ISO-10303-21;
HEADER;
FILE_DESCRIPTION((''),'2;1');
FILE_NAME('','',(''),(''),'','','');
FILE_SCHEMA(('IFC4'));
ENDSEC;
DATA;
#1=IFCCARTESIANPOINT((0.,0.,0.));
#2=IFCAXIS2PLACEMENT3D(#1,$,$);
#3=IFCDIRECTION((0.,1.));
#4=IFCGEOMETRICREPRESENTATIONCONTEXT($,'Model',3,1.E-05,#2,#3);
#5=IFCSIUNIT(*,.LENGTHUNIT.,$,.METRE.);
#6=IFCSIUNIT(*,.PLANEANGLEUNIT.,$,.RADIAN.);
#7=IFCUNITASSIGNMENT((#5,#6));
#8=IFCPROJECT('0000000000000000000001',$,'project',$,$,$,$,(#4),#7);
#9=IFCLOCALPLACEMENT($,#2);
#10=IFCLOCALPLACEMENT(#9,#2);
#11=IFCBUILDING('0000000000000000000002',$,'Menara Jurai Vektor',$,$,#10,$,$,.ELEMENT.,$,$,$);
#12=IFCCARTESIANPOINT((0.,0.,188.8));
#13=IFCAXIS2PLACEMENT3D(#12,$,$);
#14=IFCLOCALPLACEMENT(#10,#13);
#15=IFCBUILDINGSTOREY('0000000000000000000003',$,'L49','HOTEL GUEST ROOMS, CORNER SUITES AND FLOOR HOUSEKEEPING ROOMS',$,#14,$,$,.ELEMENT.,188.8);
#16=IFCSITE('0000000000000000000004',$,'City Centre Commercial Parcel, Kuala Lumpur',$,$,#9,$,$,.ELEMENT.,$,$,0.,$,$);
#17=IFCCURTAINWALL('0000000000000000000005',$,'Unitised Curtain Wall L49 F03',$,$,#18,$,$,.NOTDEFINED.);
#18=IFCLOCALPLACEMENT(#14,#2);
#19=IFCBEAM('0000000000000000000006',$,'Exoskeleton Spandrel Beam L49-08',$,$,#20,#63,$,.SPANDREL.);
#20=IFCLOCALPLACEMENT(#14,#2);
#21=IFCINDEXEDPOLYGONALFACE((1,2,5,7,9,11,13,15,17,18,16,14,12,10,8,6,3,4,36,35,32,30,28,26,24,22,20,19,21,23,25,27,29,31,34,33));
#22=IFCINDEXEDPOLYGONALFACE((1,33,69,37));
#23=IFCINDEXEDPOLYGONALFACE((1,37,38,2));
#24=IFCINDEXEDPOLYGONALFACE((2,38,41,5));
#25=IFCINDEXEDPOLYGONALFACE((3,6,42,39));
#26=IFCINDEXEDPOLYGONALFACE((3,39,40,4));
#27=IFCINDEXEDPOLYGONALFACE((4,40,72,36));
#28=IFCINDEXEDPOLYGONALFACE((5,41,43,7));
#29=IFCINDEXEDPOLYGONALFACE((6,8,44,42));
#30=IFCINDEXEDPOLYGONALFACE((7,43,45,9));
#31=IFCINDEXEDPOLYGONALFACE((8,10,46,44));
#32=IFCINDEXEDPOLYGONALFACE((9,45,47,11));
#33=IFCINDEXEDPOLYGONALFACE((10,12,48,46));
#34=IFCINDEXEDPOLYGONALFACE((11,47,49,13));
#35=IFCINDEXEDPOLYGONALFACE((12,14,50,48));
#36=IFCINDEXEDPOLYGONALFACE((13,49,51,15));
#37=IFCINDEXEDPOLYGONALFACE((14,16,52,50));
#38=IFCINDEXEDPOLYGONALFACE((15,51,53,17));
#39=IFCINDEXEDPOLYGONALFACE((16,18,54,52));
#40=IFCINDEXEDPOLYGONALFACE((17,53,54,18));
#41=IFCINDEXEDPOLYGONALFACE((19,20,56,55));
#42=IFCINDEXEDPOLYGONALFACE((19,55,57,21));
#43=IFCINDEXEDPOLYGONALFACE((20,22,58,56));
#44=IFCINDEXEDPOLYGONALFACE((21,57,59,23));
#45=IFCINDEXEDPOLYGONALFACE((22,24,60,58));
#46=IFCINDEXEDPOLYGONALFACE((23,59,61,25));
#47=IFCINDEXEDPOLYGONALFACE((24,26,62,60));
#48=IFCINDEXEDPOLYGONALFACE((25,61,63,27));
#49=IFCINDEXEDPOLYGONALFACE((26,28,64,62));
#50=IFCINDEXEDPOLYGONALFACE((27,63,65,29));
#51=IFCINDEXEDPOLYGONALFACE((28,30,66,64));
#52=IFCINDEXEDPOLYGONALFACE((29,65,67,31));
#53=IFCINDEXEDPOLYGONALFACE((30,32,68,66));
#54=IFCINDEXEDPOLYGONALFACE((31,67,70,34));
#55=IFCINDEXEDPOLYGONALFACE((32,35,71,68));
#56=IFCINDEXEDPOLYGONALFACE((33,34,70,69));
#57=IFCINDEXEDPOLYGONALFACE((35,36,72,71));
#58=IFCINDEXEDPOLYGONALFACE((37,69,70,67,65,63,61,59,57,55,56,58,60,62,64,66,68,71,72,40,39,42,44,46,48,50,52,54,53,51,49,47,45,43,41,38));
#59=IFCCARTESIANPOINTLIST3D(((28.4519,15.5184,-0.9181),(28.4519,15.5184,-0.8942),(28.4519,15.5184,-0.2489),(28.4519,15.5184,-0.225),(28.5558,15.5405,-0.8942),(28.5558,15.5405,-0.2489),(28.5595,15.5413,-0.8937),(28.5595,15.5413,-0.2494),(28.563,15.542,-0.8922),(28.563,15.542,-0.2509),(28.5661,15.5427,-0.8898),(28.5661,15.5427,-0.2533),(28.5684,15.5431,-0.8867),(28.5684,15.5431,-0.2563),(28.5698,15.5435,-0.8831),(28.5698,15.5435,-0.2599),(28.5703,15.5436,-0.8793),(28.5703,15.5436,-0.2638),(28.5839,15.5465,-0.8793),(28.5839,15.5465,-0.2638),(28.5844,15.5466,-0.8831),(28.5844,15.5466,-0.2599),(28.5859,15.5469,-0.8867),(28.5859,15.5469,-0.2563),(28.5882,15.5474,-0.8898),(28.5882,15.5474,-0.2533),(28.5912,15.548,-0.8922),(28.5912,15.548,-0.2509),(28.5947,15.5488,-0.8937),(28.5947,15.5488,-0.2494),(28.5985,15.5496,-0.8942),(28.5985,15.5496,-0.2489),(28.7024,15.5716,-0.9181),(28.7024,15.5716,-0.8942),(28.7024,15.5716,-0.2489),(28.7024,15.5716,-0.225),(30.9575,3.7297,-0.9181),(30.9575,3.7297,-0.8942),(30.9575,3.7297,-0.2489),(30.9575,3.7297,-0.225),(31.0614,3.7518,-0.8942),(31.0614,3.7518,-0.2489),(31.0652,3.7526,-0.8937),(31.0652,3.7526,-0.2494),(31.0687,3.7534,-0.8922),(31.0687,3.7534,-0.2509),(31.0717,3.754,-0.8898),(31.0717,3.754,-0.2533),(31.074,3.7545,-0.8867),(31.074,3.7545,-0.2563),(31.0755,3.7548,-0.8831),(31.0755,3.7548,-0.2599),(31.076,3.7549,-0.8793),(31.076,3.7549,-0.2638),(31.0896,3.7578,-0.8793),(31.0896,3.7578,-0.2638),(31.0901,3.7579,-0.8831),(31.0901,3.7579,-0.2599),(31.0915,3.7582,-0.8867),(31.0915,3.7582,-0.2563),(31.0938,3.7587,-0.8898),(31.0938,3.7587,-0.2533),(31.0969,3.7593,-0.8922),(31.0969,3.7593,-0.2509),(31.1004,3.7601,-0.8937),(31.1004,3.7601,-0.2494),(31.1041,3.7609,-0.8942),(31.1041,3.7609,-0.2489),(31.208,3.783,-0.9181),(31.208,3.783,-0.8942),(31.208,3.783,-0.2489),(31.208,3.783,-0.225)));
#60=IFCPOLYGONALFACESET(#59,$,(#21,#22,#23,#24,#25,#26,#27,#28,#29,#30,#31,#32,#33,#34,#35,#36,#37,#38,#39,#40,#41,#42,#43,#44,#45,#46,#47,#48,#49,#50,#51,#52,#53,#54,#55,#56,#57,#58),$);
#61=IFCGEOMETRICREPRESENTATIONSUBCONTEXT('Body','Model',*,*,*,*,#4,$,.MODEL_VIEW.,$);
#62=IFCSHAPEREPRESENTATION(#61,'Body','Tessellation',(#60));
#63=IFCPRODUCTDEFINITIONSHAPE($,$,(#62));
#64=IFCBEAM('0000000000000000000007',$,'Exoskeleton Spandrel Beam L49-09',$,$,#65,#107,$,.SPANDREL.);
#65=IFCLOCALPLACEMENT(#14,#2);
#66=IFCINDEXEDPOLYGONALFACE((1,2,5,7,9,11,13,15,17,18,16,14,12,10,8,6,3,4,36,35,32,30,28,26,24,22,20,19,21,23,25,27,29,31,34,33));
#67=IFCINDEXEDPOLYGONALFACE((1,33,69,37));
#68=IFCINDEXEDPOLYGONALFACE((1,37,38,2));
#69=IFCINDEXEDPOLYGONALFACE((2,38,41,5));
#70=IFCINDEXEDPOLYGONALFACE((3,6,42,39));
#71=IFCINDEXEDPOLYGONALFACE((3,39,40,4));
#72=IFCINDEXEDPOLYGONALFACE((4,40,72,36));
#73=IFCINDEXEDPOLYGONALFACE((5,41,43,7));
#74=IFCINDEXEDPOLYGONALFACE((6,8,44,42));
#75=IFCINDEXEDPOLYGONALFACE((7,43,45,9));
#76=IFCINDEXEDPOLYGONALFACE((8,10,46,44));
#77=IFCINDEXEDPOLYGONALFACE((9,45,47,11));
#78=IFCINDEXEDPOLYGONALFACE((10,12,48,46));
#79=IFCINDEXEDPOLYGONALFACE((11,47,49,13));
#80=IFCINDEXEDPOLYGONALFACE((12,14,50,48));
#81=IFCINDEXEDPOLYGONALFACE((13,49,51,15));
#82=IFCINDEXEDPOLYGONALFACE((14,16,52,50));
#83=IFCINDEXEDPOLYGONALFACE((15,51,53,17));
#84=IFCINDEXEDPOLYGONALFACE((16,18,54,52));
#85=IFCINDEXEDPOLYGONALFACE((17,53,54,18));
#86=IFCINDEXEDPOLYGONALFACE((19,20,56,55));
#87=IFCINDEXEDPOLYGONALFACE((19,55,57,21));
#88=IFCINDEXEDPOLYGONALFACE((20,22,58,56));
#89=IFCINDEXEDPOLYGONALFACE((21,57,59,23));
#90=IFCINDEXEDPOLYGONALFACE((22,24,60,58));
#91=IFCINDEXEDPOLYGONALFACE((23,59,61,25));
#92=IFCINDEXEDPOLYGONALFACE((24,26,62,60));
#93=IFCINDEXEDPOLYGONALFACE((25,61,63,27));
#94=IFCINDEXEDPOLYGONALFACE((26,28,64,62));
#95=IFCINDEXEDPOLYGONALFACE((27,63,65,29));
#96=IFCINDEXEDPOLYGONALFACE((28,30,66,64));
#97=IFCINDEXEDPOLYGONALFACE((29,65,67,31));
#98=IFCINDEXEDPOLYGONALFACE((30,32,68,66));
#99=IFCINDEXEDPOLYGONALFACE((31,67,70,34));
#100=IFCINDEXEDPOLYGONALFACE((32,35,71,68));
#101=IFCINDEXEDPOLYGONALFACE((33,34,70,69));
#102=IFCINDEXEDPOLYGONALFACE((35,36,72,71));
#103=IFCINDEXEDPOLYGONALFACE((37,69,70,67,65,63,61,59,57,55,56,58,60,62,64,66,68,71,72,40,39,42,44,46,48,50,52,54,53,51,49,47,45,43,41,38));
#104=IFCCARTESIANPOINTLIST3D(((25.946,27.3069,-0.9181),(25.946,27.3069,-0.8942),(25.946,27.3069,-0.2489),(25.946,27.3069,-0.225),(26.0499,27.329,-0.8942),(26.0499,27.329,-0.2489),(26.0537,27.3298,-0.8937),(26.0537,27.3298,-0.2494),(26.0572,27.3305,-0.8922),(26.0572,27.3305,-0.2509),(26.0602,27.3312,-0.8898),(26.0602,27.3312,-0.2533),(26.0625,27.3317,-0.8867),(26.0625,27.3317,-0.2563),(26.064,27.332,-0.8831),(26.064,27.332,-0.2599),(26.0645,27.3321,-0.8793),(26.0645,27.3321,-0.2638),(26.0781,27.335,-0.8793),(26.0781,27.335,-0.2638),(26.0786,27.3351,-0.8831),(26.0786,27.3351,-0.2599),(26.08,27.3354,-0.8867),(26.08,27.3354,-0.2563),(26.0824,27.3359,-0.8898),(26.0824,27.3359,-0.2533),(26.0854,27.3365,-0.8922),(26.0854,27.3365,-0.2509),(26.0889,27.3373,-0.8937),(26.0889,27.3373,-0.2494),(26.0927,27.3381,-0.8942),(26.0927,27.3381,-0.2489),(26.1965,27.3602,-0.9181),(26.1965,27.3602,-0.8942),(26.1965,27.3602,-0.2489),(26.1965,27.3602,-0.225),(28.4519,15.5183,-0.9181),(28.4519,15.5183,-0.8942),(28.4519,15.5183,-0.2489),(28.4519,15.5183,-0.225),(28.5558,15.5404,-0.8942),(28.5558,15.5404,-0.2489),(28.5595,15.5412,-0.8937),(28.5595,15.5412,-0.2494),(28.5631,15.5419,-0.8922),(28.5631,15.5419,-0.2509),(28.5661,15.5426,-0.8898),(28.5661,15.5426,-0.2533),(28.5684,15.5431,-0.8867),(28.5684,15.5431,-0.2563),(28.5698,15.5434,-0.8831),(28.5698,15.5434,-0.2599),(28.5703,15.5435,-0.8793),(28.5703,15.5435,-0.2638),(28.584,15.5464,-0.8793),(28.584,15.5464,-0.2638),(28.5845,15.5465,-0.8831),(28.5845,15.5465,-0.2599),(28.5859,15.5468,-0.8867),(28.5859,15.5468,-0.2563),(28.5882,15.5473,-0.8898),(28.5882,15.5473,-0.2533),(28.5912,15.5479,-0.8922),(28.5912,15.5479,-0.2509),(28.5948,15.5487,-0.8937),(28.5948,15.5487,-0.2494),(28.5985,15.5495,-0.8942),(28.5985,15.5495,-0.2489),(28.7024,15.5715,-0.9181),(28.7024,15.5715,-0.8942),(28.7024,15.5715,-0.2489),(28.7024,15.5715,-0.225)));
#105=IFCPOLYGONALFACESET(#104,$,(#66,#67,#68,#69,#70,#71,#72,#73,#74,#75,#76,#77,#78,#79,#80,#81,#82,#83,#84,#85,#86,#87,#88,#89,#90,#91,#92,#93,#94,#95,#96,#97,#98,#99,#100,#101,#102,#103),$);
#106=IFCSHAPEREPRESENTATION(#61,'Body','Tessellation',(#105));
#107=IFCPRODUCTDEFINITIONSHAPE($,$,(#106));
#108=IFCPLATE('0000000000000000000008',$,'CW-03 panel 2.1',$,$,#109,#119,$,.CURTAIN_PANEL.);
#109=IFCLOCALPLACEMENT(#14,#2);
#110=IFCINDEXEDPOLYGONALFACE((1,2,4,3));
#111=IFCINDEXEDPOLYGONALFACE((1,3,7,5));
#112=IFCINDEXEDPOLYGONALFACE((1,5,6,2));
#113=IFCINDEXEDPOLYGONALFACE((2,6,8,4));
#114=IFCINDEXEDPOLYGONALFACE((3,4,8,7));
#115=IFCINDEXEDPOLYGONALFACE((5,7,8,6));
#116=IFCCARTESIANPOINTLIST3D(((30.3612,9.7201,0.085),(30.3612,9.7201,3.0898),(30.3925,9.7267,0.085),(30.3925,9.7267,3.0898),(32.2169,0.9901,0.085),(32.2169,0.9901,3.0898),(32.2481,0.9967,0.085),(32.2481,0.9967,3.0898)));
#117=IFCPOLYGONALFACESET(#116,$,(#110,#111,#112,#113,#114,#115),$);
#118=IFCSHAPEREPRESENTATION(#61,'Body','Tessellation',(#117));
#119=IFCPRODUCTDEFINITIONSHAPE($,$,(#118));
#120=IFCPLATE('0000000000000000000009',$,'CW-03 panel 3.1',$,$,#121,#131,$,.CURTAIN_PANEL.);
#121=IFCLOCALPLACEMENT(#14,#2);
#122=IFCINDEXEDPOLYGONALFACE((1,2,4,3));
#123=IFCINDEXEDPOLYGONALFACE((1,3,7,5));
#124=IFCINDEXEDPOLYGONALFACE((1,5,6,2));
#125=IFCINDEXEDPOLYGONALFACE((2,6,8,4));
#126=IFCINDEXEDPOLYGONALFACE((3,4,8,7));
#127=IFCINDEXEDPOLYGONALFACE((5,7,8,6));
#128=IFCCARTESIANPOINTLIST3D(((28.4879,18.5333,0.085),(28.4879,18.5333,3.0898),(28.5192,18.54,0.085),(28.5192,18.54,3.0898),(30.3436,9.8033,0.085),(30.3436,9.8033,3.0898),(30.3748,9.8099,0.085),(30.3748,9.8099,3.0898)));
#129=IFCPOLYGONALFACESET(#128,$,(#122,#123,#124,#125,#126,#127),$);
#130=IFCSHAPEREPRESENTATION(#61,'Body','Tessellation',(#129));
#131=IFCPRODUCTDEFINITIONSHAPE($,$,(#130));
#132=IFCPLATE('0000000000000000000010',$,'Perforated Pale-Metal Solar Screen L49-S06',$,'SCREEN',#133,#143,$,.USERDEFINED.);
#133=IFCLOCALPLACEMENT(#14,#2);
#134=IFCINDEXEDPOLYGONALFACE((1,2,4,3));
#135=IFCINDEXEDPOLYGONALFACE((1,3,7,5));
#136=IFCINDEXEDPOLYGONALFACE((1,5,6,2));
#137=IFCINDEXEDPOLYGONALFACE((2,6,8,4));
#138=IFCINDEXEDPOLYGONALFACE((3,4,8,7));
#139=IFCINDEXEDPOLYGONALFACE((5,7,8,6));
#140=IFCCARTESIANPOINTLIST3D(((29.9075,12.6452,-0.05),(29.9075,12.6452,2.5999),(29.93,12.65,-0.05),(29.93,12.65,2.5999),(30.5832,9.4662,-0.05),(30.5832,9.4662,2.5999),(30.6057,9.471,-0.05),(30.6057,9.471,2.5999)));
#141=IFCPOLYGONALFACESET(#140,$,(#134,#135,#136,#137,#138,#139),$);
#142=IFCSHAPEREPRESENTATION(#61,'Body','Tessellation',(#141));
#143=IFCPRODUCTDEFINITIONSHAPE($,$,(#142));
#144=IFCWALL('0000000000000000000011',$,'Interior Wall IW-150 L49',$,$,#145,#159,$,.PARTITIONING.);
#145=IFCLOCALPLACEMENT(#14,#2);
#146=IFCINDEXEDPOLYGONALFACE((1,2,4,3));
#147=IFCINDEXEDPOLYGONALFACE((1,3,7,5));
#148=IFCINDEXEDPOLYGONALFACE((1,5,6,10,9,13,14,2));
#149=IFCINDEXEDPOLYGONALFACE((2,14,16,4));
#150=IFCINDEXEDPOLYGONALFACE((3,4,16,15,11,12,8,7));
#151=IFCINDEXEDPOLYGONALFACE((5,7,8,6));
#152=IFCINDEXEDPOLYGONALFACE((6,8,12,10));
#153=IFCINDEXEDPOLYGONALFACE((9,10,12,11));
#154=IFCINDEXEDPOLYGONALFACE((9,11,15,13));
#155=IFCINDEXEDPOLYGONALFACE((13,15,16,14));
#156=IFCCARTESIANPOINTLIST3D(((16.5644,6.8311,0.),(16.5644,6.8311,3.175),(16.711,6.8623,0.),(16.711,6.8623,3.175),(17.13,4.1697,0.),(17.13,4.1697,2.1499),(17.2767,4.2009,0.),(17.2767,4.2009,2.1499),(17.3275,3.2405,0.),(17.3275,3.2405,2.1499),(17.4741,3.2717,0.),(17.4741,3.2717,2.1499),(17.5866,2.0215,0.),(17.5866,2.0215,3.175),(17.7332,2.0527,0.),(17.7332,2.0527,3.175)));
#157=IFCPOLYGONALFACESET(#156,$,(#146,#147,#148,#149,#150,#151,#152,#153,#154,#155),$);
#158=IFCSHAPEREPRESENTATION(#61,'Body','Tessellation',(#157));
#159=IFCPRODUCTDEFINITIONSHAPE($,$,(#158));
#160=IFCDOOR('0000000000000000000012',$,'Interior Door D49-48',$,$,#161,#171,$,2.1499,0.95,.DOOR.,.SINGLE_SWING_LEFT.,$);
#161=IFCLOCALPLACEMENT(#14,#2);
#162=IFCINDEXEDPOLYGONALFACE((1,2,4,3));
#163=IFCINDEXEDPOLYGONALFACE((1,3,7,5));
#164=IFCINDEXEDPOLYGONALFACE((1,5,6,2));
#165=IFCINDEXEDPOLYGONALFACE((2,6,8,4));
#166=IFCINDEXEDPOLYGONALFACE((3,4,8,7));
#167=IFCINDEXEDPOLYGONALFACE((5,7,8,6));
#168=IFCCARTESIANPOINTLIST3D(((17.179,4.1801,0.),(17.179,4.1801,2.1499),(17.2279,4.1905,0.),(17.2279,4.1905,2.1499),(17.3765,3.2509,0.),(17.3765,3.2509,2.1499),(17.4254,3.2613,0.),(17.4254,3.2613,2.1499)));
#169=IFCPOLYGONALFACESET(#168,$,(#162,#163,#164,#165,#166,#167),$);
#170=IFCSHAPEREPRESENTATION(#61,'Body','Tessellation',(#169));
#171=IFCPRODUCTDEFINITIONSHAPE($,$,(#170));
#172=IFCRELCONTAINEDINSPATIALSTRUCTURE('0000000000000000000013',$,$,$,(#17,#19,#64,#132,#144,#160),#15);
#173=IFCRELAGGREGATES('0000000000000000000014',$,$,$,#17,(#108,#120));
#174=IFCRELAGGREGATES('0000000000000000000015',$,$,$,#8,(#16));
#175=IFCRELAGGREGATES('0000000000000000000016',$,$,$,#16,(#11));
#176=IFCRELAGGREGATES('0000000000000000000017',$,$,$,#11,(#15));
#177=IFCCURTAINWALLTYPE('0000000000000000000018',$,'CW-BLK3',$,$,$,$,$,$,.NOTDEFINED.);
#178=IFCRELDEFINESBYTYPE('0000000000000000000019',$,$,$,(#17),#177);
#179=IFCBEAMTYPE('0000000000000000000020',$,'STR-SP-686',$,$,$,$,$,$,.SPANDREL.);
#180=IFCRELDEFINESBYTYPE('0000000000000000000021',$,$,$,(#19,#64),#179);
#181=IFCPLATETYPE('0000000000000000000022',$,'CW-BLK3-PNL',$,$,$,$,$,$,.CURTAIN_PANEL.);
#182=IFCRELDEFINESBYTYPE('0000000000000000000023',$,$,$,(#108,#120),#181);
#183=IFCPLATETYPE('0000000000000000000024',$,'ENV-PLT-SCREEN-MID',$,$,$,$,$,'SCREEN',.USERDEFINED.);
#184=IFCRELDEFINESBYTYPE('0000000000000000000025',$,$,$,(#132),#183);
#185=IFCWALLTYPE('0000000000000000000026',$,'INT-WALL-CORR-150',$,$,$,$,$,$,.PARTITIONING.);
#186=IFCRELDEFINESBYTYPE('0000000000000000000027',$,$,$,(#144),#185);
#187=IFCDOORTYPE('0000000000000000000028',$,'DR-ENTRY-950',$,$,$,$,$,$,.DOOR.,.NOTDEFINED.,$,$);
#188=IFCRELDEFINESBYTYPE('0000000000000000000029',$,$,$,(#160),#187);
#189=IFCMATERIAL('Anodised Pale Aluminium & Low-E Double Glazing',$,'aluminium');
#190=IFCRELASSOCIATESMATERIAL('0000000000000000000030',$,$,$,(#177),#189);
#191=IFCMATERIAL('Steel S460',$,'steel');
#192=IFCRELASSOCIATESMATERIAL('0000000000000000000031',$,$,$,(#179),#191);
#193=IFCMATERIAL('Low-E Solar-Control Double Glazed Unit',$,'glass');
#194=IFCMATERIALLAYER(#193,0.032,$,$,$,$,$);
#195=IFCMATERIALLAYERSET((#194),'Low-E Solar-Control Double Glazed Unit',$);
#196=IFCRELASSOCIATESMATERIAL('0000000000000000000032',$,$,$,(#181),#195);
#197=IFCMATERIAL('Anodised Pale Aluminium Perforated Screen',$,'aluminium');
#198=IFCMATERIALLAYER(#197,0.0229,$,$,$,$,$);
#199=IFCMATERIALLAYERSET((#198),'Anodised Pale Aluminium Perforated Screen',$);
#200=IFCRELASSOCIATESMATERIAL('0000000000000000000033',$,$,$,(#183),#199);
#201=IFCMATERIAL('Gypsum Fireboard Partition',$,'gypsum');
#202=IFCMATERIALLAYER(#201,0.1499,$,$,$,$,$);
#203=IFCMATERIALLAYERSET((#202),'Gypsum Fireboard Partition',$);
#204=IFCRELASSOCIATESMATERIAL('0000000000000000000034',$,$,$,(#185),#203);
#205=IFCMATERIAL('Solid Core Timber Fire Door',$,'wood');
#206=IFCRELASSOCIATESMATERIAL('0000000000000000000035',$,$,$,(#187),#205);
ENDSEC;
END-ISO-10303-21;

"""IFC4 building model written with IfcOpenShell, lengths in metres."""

from ifc_helpers import new_model, si_unit, direction, frame, frame_2d, origin, origin_2d, place, context, subcontext, project, spatial, rectangle, i_section, extrude, material, layer, layer_set, material_profile, profile_set, type_object, element, fill, aggregate, save


model = new_model("IFC4")

# Units and contexts
model_context = context("Model", 3, precision=1e-05, world=origin(), true_north=direction((0.0, 1.0)))
body_context = subcontext(model_context, "Body", "Model", "MODEL_VIEW")
ifc_project = project(units=[si_unit("LENGTHUNIT", "METRE"), si_unit("PLANEANGLEUNIT", "RADIAN")], contexts=[model_context])

# Site, building, storey
site_placement = place(None, origin())
site = spatial("IfcSite", under=ifc_project, at=site_placement, Name="City Centre Commercial Parcel, Kuala Lumpur", CompositionType="ELEMENT", RefElevation=0.0)
building_placement = place(site_placement, origin())
building = spatial("IfcBuilding", under=site, at=building_placement, Name="Menara Jurai Vektor", CompositionType="ELEMENT")
storey_placement = place(building_placement, frame((0.0, 0.0, 188.8)))
storey = spatial("IfcBuildingStorey", under=building, at=storey_placement, Name="L49", Description="HOTEL GUEST ROOMS, CORNER SUITES AND FLOOR HOUSEKEEPING ROOMS", CompositionType="ELEMENT", Elevation=188.8)

# Shared definitions
ifc_material_1 = material(Name="Steel S460", Category="steel")

# Curtain wall
ifc_material_2 = material(Name="Anodised Pale Aluminium & Low-E Double Glazing", Category="aluminium")
curtain_wall_type = type_object("IfcCurtainWallType", Name="CW-BLK3", PredefinedType="NOTDEFINED", material=ifc_material_2)
curtain_wall_placement = place(storey_placement, origin())
curtain_wall = element("IfcCurtainWall", 1, at=curtain_wall_placement, inside=storey, type_object=curtain_wall_type, Name="Unitised Curtain Wall L49 F03", PredefinedType="NOTDEFINED")

# Beams
ifc_material_profile_1 = material_profile(ifc_material_1, i_section(OverallWidth=0.2561, OverallDepth=0.6931, WebThickness=0.0139, FlangeThickness=0.0239, FilletRadius=0.0149, at=origin_2d()), Name="UKB 686x254x170")
ifc_profile_set_1 = profile_set([ifc_material_profile_1], Name="Steel S460")
beam_type_1 = type_object("IfcBeamType", Name="STR-SP-686", PredefinedType="SPANDREL", material=ifc_profile_set_1)
for number, where, z_axis, x_axis, name in (
    (2, (31.0828, 3.7563, -0.5715), (-0.207902, 0.97815, 0.0), (-0.97815, -0.207902, 0.0), "Exoskeleton Spandrel Beam L49-08"),
    (3, (28.5771, 15.5449, -0.5715), (-0.207921, 0.978146, 0.0), (-0.978146, -0.207921, 0.0), "Exoskeleton Spandrel Beam L49-09"),
):
    element("IfcBeam", number, at=place(storey_placement, frame(where, z_axis=z_axis, x_axis=x_axis)), inside=storey, type_object=beam_type_1, Name=name, PredefinedType="SPANDREL", context=body_context, shape_type="SweptSolid", body=[
        extrude(i_section(OverallWidth=0.2561, OverallDepth=0.6931, WebThickness=0.0139, FlangeThickness=0.0239, FilletRadius=0.0149, at=origin_2d()), origin(), (0.0, 0.0, 1.0), 12.052),
    ])

# Plates
ifc_material_3 = material(Name="Low-E Solar-Control Double Glazed Unit", Category="glass")
ifc_layer_1 = layer(ifc_material_3, 0.032)
ifc_layer_set_1 = layer_set([ifc_layer_1], Name="Low-E Solar-Control Double Glazed Unit")
plate_type_1 = type_object("IfcPlateType", Name="CW-BLK3-PNL", PredefinedType="CURTAIN_PANEL", material=ifc_layer_set_1)
plate_1_placement = place(storey_placement, frame((31.3047, 5.3584, 0.085), z_axis=(0.0, 0.0, 1.0), x_axis=(-0.20791, 0.978148, 0.0)))
plate_1 = element("IfcPlate", 4, at=plate_1_placement, type_object=plate_type_1, Name="CW-03 panel 2.1", PredefinedType="CURTAIN_PANEL", context=body_context, shape_type="SweptSolid", body=[
    extrude(rectangle(XDim=8.925, YDim=0.032, at=origin_2d()), origin(), (0.0, 0.0, 1.0), 3.0049),
])
plate_2_placement = place(storey_placement, frame((29.4314, 14.1716, 0.085), z_axis=(0.0, 0.0, 1.0), x_axis=(-0.20791, 0.978148, 0.0)))
plate_2 = element("IfcPlate", 5, at=plate_2_placement, type_object=plate_type_1, Name="CW-03 panel 3.1", PredefinedType="CURTAIN_PANEL", context=body_context, shape_type="SweptSolid", body=[
    extrude(rectangle(XDim=8.925, YDim=0.032, at=origin_2d()), origin(), (0.0, 0.0, 1.0), 3.0049),
])
aggregate(curtain_wall, [plate_1, plate_2])
ifc_material_4 = material(Name="Anodised Pale Aluminium Perforated Screen", Category="aluminium")
ifc_layer_2 = layer(ifc_material_4, 0.0229)
ifc_layer_set_2 = layer_set([ifc_layer_2], Name="Anodised Pale Aluminium Perforated Screen")
plate_type_2 = type_object("IfcPlateType", Name="ENV-PLT-SCREEN-MID", ElementType="SCREEN", PredefinedType="USERDEFINED", material=ifc_layer_set_2)
plate_3_placement = place(storey_placement, frame((30.2566, 11.0581, -0.05), z_axis=(0.0, 0.0, 1.0), x_axis=(-0.207912, 0.978148, 0.0)))
element("IfcPlate", 6, at=plate_3_placement, inside=storey, type_object=plate_type_2, Name="Perforated Pale-Metal Solar Screen L49-S06", ObjectType="SCREEN", PredefinedType="USERDEFINED", context=body_context, shape_type="SweptSolid", body=[
    extrude(rectangle(XDim=3.25, YDim=0.0229, at=origin_2d()), origin(), (0.0, 0.0, 1.0), 2.6499),
])

# Wall, opening, door
ifc_material_5 = material(Name="Gypsum Fireboard Partition", Category="gypsum")
ifc_layer_3 = layer(ifc_material_5, 0.1499)
ifc_layer_set_3 = layer_set([ifc_layer_3], Name="Gypsum Fireboard Partition")
wall_type = type_object("IfcWallType", Name="INT-WALL-CORR-150", PredefinedType="PARTITIONING", material=ifc_layer_set_3)
wall_1_placement = place(storey_placement, frame((17.6599, 2.0371, 0.0), z_axis=(0.0, 0.0, 1.0), x_axis=(-0.207894, 0.978151, 0.0)))
wall_1 = element("IfcWall", 7, at=wall_1_placement, inside=storey, type_object=wall_type, Name="Interior Wall IW-150 L49", PredefinedType="PARTITIONING", context=body_context, shape_type="SweptSolid", body=[
    extrude(rectangle(XDim=4.917, YDim=0.1499, at=frame_2d((2.4585, 0.0))), origin(), (0.0, 0.0, 1.0), 3.175),
])
opening_1_placement = place(wall_1_placement, frame((1.2461, 0.0, 0.0)))
opening_1 = element("IfcOpeningElement", 8, at=opening_1_placement, cuts=wall_1, PredefinedType="OPENING", context=body_context, shape_type="SweptSolid", body=[
    extrude(rectangle(XDim=0.95, YDim=2.1499, at=frame_2d((0.4751, 1.075))), frame((0.0, 0.085, 0.0), z_axis=(0.0, -1.0, 0.0), x_axis=(1.0, 0.0, 0.0)), (0.0, 0.0, 1.0), 0.1699),
])
ifc_material_6 = material(Name="Solid Core Timber Fire Door", Category="wood")
door_type_1 = type_object("IfcDoorType", Name="DR-ENTRY-950", OperationType="NOTDEFINED", PredefinedType="DOOR", material=ifc_material_6)
door_1_placement = place(opening_1_placement, origin())
door_1 = element("IfcDoor", 9, at=door_1_placement, inside=storey, type_object=door_type_1, Name="Interior Door D49-48", OperationType="SINGLE_SWING_LEFT", OverallHeight=2.1499, OverallWidth=0.95, PredefinedType="DOOR", context=body_context, shape_type="SweptSolid", body=[
    extrude(rectangle(XDim=0.95, YDim=2.1499, at=frame_2d((0.4751, 1.075))), frame((0.0, 0.0249, 0.0), z_axis=(0.0, -1.0, 0.0), x_axis=(1.0, 0.0, 0.0)), (0.0, 0.0, 1.0), 0.05),
])
fill(opening_1, door_1)

save(model, "model.ifc")
